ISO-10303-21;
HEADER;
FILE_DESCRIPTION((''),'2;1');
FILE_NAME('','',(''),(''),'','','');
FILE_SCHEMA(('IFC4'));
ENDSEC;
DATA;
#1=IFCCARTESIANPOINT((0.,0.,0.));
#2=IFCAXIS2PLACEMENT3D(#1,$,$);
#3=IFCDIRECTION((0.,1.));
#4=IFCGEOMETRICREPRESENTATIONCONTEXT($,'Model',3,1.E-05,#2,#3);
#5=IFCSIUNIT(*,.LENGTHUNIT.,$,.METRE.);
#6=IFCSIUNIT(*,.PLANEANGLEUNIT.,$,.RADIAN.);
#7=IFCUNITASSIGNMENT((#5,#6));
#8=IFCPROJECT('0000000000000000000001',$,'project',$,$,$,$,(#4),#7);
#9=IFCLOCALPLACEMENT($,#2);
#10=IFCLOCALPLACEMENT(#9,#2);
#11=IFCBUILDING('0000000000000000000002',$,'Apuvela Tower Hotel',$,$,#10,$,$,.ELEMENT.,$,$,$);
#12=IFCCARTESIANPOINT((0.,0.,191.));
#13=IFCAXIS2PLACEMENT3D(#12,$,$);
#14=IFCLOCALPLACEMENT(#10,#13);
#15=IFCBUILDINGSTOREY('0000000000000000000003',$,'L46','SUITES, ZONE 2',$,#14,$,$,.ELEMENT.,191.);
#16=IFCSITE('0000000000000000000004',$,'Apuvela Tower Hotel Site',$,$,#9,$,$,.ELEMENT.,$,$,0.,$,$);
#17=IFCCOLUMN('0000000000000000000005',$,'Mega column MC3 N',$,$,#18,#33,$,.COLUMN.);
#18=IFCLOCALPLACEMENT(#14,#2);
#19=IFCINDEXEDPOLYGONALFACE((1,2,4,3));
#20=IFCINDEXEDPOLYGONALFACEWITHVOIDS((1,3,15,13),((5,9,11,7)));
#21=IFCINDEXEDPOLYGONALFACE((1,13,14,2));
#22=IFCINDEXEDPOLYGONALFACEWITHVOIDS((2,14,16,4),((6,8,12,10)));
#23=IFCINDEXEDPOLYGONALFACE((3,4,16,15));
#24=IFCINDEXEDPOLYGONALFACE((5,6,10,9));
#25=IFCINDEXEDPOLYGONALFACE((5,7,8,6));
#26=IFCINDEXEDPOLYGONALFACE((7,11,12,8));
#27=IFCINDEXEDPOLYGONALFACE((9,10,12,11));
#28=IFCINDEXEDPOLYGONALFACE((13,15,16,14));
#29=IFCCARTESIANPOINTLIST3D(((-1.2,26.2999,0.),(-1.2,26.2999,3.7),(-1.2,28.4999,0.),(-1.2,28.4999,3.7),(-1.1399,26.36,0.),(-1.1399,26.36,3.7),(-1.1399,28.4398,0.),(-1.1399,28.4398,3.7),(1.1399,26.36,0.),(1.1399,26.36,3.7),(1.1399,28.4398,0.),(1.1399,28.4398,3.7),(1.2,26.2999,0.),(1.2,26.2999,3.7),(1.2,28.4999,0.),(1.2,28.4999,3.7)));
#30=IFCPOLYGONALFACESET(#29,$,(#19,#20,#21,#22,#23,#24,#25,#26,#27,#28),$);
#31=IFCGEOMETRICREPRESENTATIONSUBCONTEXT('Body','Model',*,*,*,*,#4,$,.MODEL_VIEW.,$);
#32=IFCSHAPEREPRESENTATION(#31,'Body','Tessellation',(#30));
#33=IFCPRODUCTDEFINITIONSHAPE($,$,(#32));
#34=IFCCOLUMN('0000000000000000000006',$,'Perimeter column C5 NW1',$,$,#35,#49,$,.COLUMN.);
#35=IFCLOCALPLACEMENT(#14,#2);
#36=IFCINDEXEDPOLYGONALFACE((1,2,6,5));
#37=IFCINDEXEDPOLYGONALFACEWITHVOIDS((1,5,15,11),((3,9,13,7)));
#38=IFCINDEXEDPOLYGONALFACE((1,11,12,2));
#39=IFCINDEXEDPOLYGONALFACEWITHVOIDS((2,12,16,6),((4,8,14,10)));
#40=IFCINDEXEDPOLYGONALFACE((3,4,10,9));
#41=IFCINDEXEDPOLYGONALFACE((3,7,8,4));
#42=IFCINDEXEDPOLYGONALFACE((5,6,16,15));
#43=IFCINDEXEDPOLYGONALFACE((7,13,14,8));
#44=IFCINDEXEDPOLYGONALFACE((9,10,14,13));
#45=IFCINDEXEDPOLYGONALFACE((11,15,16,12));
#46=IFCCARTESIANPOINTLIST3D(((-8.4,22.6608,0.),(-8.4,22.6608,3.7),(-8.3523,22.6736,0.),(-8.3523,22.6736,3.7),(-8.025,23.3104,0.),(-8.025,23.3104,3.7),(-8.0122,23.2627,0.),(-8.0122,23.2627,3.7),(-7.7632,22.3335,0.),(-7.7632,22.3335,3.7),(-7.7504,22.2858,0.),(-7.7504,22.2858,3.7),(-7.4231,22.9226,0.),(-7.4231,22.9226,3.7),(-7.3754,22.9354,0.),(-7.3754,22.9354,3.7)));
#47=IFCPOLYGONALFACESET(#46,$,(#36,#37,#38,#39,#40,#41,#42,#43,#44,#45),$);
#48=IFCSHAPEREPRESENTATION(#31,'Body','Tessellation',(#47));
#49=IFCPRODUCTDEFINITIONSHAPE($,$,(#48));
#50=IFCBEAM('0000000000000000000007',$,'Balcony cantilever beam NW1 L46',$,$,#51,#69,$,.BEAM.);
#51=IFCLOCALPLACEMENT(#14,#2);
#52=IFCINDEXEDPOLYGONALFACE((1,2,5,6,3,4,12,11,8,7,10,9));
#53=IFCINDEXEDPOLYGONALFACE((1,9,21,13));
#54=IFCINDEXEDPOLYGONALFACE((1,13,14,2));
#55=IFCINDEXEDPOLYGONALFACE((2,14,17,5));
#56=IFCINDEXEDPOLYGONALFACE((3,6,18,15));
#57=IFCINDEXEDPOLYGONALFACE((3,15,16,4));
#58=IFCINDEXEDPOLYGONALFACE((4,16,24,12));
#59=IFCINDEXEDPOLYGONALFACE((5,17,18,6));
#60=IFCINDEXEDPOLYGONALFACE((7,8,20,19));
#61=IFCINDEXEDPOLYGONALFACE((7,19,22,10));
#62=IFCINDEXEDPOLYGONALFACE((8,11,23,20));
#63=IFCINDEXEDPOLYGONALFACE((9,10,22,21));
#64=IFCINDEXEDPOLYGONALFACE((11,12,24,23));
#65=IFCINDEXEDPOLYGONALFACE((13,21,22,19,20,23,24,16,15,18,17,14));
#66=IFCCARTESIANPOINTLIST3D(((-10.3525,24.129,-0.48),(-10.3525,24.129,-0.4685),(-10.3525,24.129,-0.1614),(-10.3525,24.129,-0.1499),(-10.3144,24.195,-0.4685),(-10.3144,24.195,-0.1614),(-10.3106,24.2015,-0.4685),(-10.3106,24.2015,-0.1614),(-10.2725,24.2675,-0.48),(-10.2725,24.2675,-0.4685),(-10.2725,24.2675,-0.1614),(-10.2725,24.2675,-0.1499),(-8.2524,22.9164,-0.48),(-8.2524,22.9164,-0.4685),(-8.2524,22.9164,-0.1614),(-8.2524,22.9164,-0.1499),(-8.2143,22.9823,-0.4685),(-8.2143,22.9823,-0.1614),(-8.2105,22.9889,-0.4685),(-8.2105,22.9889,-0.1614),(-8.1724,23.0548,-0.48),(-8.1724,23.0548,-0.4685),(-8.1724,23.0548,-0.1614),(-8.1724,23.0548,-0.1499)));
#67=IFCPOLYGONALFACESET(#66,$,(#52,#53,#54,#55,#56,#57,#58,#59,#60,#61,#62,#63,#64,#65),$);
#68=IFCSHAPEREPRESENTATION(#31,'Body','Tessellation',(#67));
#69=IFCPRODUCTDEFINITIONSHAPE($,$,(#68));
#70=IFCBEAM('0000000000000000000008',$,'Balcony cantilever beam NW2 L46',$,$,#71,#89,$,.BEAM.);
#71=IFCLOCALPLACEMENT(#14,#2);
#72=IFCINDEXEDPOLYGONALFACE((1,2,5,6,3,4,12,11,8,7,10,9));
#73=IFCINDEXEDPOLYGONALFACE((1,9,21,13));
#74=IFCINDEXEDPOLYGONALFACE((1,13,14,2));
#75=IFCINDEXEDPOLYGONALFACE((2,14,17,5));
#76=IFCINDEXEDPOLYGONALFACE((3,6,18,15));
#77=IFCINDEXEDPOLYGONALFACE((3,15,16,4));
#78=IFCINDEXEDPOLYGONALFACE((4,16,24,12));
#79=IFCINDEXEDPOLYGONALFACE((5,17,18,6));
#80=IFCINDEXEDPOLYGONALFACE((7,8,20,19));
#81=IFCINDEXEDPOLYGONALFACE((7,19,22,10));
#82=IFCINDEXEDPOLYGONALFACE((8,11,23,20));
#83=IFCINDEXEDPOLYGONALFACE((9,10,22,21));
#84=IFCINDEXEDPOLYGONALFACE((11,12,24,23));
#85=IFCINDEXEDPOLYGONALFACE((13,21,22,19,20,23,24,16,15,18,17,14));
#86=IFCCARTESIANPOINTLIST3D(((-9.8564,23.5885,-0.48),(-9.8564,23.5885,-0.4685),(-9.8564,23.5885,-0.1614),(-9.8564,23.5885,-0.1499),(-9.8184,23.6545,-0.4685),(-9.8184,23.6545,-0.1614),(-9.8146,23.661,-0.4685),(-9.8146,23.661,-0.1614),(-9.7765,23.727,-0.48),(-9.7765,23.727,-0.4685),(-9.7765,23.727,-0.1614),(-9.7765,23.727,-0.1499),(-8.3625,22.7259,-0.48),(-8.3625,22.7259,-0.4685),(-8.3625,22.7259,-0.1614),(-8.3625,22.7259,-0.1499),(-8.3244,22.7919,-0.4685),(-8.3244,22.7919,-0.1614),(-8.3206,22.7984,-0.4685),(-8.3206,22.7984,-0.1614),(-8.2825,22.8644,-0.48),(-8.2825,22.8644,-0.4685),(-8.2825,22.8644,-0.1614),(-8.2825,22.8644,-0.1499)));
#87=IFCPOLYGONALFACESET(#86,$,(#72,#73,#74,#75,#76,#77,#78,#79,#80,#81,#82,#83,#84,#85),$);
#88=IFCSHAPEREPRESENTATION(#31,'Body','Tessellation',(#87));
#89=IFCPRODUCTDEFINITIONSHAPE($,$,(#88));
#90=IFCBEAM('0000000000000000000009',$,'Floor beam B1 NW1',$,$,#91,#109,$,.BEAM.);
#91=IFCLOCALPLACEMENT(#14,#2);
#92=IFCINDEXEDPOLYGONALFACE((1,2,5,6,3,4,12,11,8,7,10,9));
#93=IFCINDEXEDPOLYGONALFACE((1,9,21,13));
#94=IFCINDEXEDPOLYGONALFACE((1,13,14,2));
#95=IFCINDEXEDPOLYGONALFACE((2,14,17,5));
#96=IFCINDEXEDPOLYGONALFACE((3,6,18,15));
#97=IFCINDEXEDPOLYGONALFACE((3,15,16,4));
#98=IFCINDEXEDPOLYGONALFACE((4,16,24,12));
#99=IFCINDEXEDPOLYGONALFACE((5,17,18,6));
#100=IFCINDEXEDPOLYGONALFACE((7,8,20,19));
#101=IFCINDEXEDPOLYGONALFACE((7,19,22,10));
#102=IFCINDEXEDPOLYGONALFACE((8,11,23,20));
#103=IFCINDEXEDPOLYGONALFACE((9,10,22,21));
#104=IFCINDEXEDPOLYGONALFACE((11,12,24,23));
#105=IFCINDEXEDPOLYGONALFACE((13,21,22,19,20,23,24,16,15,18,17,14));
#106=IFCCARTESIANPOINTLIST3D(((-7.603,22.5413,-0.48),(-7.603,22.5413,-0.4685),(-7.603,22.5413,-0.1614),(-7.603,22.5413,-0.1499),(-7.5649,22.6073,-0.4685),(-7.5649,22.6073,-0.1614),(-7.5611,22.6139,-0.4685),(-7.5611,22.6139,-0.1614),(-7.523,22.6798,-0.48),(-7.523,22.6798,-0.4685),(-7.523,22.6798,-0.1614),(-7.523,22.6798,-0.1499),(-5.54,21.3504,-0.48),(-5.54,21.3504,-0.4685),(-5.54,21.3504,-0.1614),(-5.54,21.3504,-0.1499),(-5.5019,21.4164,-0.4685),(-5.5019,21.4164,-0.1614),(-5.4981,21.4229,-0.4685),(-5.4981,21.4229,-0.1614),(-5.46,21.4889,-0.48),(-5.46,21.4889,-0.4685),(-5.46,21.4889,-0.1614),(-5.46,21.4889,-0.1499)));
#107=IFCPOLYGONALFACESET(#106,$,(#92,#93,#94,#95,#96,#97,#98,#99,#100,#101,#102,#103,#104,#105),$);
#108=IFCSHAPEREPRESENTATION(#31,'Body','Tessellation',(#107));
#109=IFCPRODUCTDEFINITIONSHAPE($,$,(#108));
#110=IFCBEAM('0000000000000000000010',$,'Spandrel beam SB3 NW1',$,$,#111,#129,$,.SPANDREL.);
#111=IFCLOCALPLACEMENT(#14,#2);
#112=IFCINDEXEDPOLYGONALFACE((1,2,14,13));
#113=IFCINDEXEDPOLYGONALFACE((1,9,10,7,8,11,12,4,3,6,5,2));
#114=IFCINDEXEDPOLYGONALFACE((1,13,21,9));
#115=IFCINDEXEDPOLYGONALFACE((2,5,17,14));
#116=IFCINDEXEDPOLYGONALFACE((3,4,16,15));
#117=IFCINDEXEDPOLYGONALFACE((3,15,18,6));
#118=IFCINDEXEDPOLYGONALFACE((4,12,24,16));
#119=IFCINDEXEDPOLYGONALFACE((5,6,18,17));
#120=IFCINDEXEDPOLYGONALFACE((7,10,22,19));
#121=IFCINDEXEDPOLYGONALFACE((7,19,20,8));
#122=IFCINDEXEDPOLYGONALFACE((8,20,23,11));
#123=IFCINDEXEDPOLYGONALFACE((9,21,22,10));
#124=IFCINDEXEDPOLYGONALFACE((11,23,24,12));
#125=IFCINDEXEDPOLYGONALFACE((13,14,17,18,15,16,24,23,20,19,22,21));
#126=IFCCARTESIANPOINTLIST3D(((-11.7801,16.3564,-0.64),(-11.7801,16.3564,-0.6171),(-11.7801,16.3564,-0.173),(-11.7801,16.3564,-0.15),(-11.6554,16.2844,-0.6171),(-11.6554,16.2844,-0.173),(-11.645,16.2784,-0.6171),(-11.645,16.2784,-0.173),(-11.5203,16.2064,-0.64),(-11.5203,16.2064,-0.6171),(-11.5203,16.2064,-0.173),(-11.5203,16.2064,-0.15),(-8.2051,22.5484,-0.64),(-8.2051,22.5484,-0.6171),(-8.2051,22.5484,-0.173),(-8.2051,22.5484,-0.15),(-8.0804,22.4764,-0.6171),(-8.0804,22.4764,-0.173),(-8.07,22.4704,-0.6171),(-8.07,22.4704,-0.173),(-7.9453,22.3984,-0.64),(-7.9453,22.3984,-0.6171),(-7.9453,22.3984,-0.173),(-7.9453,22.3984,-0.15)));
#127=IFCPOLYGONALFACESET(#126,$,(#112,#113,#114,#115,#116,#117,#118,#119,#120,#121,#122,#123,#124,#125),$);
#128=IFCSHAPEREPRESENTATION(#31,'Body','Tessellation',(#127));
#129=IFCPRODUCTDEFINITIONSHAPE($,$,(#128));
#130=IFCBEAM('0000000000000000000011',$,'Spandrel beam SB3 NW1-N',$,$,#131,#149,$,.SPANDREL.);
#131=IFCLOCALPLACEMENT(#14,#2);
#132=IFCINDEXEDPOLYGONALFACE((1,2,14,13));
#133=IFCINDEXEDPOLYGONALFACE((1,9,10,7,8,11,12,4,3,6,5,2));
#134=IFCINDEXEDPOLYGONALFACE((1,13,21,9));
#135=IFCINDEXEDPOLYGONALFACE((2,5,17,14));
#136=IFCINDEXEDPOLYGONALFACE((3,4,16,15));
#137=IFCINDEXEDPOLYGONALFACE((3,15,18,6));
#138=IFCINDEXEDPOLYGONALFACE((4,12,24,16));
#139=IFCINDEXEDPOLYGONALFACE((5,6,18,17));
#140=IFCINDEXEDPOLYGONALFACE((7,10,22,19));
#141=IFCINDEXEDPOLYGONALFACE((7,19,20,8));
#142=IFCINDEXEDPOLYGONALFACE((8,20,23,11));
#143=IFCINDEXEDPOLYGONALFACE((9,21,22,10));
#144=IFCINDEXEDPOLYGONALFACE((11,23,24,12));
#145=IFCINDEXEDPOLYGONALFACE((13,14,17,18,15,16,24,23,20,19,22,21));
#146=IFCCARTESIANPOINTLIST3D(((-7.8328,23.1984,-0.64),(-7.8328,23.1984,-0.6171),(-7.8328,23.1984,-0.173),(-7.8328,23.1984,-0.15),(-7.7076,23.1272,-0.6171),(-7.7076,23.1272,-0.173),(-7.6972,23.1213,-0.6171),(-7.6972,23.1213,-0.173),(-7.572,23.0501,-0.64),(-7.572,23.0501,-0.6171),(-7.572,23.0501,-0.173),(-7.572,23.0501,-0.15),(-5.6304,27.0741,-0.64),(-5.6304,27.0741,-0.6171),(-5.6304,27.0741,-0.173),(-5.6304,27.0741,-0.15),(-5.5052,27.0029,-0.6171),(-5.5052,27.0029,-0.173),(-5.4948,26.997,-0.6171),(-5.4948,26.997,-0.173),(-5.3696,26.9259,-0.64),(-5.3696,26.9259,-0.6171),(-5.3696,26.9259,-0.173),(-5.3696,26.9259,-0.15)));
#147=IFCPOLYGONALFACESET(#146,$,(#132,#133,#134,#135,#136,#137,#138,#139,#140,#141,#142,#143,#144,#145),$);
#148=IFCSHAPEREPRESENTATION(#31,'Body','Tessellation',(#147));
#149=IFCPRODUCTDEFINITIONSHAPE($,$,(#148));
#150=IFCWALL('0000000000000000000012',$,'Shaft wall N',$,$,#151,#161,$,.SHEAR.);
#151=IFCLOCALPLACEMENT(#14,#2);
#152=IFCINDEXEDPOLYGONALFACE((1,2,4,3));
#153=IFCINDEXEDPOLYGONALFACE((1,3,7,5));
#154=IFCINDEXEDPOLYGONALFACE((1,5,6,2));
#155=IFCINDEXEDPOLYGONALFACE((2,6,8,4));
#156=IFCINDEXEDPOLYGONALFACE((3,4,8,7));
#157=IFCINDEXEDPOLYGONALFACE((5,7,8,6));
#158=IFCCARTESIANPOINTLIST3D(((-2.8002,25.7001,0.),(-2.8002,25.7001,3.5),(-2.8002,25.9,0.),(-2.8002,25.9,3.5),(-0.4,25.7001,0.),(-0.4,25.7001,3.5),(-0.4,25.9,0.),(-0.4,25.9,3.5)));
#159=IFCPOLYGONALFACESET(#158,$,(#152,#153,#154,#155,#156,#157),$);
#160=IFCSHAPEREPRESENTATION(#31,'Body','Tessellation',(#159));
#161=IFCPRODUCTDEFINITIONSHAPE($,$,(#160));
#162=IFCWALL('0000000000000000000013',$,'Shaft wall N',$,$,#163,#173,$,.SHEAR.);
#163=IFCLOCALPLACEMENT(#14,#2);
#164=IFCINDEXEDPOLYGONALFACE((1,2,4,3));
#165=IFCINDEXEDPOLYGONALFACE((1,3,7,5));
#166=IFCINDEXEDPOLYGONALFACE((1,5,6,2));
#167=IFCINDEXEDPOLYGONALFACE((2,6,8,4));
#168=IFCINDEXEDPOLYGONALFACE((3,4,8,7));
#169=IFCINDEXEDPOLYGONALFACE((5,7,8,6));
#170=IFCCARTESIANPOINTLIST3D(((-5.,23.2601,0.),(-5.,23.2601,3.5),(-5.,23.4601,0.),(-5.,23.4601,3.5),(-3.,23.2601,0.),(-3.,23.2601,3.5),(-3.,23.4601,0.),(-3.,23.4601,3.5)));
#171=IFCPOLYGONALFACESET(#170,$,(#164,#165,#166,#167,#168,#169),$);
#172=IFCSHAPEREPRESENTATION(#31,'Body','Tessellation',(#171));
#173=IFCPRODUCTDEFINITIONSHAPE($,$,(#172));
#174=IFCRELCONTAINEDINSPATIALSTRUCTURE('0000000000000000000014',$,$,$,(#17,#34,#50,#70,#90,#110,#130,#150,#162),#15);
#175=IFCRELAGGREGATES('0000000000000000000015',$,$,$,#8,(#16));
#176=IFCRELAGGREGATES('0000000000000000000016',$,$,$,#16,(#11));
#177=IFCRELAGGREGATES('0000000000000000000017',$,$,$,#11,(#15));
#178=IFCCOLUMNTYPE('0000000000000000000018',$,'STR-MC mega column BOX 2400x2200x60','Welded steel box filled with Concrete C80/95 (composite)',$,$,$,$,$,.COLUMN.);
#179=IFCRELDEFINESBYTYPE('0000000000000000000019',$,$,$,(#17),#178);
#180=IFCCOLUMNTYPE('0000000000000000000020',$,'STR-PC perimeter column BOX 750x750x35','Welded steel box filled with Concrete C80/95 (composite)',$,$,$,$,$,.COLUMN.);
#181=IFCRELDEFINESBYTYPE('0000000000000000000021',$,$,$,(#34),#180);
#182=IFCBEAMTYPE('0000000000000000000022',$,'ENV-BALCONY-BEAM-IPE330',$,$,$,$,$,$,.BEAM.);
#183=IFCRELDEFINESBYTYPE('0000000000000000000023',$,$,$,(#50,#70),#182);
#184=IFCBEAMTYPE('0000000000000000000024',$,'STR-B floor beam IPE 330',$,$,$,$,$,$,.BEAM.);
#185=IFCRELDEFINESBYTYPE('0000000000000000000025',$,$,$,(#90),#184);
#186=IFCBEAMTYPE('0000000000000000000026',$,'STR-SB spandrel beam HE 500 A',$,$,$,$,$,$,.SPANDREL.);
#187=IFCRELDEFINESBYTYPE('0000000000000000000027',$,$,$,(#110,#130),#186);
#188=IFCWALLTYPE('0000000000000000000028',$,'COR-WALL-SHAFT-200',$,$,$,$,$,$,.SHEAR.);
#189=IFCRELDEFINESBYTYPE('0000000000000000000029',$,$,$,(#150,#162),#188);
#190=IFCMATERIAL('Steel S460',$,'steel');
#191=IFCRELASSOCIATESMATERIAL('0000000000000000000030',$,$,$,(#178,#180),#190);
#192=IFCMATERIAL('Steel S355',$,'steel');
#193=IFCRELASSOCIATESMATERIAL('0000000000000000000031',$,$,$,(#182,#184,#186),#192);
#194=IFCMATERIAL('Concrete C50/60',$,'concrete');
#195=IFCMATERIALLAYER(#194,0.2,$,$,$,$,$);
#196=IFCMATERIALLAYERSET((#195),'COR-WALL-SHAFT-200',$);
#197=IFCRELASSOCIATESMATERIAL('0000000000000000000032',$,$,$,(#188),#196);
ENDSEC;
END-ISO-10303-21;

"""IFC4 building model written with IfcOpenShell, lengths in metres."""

from ifc_helpers import new_model, si_unit, direction, frame, frame_2d, origin, origin_2d, place, context, subcontext, project, spatial, rectangle, hollow_rectangle, i_section, extrude, material, layer, layer_set, material_profile, profile_set, type_object, element, save


model = new_model("IFC4")

# Units and contexts
model_context = context("Model", 3, precision=1e-05, world=origin(), true_north=direction((0.0, 1.0)))
body_context = subcontext(model_context, "Body", "Model", "MODEL_VIEW")
ifc_project = project(units=[si_unit("LENGTHUNIT", "METRE"), si_unit("PLANEANGLEUNIT", "RADIAN")], contexts=[model_context])

# Site, building, storey
site_placement = place(None, origin())
site = spatial("IfcSite", under=ifc_project, at=site_placement, Name="Apuvela Tower Hotel Site", CompositionType="ELEMENT", RefElevation=0.0)
building_placement = place(site_placement, origin())
building = spatial("IfcBuilding", under=site, at=building_placement, Name="Apuvela Tower Hotel", CompositionType="ELEMENT")
storey_placement = place(building_placement, frame((0.0, 0.0, 191.0)))
storey = spatial("IfcBuildingStorey", under=building, at=storey_placement, Name="L46", Description="SUITES, ZONE 2", CompositionType="ELEMENT", Elevation=191.0)

# Columns
ifc_material_1 = material(Name="Steel S460", Category="steel")
ifc_material_profile_1 = material_profile(ifc_material_1, hollow_rectangle(XDim=2.3999, YDim=2.2, WallThickness=0.0601, at=origin_2d()), Name="BOX 2400x2200x60")
ifc_material_2 = material(Name="Concrete C80/95", Category="concrete")
ifc_material_profile_2 = material_profile(ifc_material_2, rectangle(XDim=2.28, YDim=2.0801, at=origin_2d()), Name="Concrete C80/95 infill")
ifc_profile_set_1 = profile_set([ifc_material_profile_1, ifc_material_profile_2], Name="Steel S460")
column_type_1 = type_object("IfcColumnType", Name="STR-MC mega column BOX 2400x2200x60", Description="Welded steel box filled with Concrete C80/95 (composite)", PredefinedType="COLUMN", material=ifc_profile_set_1)
column_1_placement = place(storey_placement, frame((0.0, 27.3999, 0.0), z_axis=(0.0, 0.0, 1.0), x_axis=(1.0, 0.0, 0.0)))
element("IfcColumn", 1, at=column_1_placement, inside=storey, type_object=column_type_1, Name="Mega column MC3 N", PredefinedType="COLUMN", context=body_context, shape_type="SweptSolid", body=[
    extrude(hollow_rectangle(XDim=2.3999, YDim=2.2, WallThickness=0.0601, at=origin_2d()), origin(), (0.0, 0.0, 1.0), 3.7),
])
ifc_material_profile_3 = material_profile(ifc_material_1, hollow_rectangle(XDim=0.75, YDim=0.75, WallThickness=0.0349, at=origin_2d()), Name="BOX 750x750x35")
ifc_material_profile_4 = material_profile(ifc_material_2, rectangle(XDim=0.6799, YDim=0.6799, at=origin_2d()), Name="Concrete C80/95 infill")
ifc_profile_set_2 = profile_set([ifc_material_profile_3, ifc_material_profile_4], Name="Steel S460")
column_type_2 = type_object("IfcColumnType", Name="STR-PC perimeter column BOX 750x750x35", Description="Welded steel box filled with Concrete C80/95 (composite)", PredefinedType="COLUMN", material=ifc_profile_set_2)
column_2_placement = place(storey_placement, frame((-7.8877, 22.7981, 0.0), z_axis=(0.0, 0.0, 1.0), x_axis=(0.5, 0.866025, 0.0)))
element("IfcColumn", 2, at=column_2_placement, inside=storey, type_object=column_type_2, Name="Perimeter column C5 NW1", PredefinedType="COLUMN", context=body_context, shape_type="SweptSolid", body=[
    extrude(hollow_rectangle(XDim=0.75, YDim=0.75, WallThickness=0.0349, at=origin_2d()), origin(), (0.0, 0.0, 1.0), 3.7),
])

# Beams
ifc_material_3 = material(Name="Steel S355", Category="steel")
ifc_material_profile_5 = material_profile(ifc_material_3, i_section(OverallWidth=0.1599, OverallDepth=0.3301, WebThickness=0.0076, FlangeThickness=0.0115, at=origin_2d()), Name="IPE 330")
ifc_profile_set_3 = profile_set([ifc_material_profile_5], Name="Steel S355")
beam_type_1 = type_object("IfcBeamType", Name="ENV-BALCONY-BEAM-IPE330", PredefinedType="BEAM", material=ifc_profile_set_3)
beam_1_placement = place(storey_placement, frame((-8.2124, 22.9856, -0.3149), z_axis=(-0.865998, 0.500048, 0.0), x_axis=(-0.500048, -0.865998, 0.0)))
element("IfcBeam", 3, at=beam_1_placement, inside=storey, type_object=beam_type_1, Name="Balcony cantilever beam NW1 L46", PredefinedType="BEAM", context=body_context, shape_type="SweptSolid", body=[
    extrude(i_section(OverallWidth=0.1599, OverallDepth=0.3301, WebThickness=0.0076, FlangeThickness=0.0115, at=origin_2d()), origin(), (0.0, 0.0, 1.0), 2.425),
])
beam_2_placement = place(storey_placement, frame((-8.3225, 22.7952, -0.3149), z_axis=(-0.866014, 0.500021, 0.0), x_axis=(-0.500021, -0.866014, 0.0)))
element("IfcBeam", 4, at=beam_2_placement, inside=storey, type_object=beam_type_1, Name="Balcony cantilever beam NW2 L46", PredefinedType="BEAM", context=body_context, shape_type="SweptSolid", body=[
    extrude(i_section(OverallWidth=0.1599, OverallDepth=0.3301, WebThickness=0.0076, FlangeThickness=0.0115, at=origin_2d()), origin(), (0.0, 0.0, 1.0), 1.7251),
])
ifc_material_profile_6 = material_profile(ifc_material_3, i_section(OverallWidth=0.1599, OverallDepth=0.3301, WebThickness=0.0076, FlangeThickness=0.0115, at=origin_2d()), Name="IPE 330")
ifc_profile_set_4 = profile_set([ifc_material_profile_6], Name="Steel S355")
beam_type_2 = type_object("IfcBeamType", Name="STR-B floor beam IPE 330", PredefinedType="BEAM", material=ifc_profile_set_4)
beam_3_placement = place(storey_placement, frame((-7.563, 22.6106, -0.3149), z_axis=(0.866052, -0.499953, 0.0), x_axis=(0.499953, 0.866052, 0.0)))
element("IfcBeam", 5, at=beam_3_placement, inside=storey, type_object=beam_type_2, Name="Floor beam B1 NW1", PredefinedType="BEAM", context=body_context, shape_type="SweptSolid", body=[
    extrude(i_section(OverallWidth=0.1599, OverallDepth=0.3301, WebThickness=0.0076, FlangeThickness=0.0115, at=origin_2d()), origin(), (0.0, 0.0, 1.0), 2.3821),
])
ifc_material_profile_7 = material_profile(ifc_material_3, i_section(OverallWidth=0.3, OverallDepth=0.49, WebThickness=0.012, FlangeThickness=0.0229, at=origin_2d()), Name="HE 500 A")
ifc_profile_set_5 = profile_set([ifc_material_profile_7], Name="Steel S355")
beam_type_3 = type_object("IfcBeamType", Name="STR-SB spandrel beam HE 500 A", PredefinedType="SPANDREL", material=ifc_profile_set_5)
beam_4_placement = place(storey_placement, frame((-8.0752, 22.4734, -0.395), z_axis=(-0.500006, -0.866022, 0.0), x_axis=(0.866022, -0.500006, 0.0)))
element("IfcBeam", 6, at=beam_4_placement, inside=storey, type_object=beam_type_3, Name="Spandrel beam SB3 NW1", PredefinedType="SPANDREL", context=body_context, shape_type="SweptSolid", body=[
    extrude(i_section(OverallWidth=0.3, OverallDepth=0.49, WebThickness=0.012, FlangeThickness=0.0229, at=origin_2d()), origin(), (0.0, 0.0, 1.0), 7.1499),
])
beam_5_placement = place(storey_placement, frame((-7.7024, 23.1243, -0.395), z_axis=(0.494056, 0.86943, 0.0), x_axis=(-0.86943, 0.494056, 0.0)))
element("IfcBeam", 7, at=beam_5_placement, inside=storey, type_object=beam_type_3, Name="Spandrel beam SB3 NW1-N", PredefinedType="SPANDREL", context=body_context, shape_type="SweptSolid", body=[
    extrude(i_section(OverallWidth=0.3, OverallDepth=0.49, WebThickness=0.012, FlangeThickness=0.0229, at=origin_2d()), origin(), (0.0, 0.0, 1.0), 4.4578),
])

# Walls
ifc_material_4 = material(Name="Concrete C50/60", Category="concrete")
ifc_layer_1 = layer(ifc_material_4, 0.2)
ifc_layer_set_1 = layer_set([ifc_layer_1], Name="COR-WALL-SHAFT-200")
wall_type_1 = type_object("IfcWallType", Name="COR-WALL-SHAFT-200", PredefinedType="SHEAR", material=ifc_layer_set_1)
wall_1_placement = place(storey_placement, frame((-0.3999, 25.8, 0.0), z_axis=(0.0, 0.0, 1.0), x_axis=(-1.0, 0.0, 0.0)))
element("IfcWall", 8, at=wall_1_placement, inside=storey, type_object=wall_type_1, Name="Shaft wall N", PredefinedType="SHEAR", context=body_context, shape_type="SweptSolid", body=[
    extrude(rectangle(XDim=2.4001, YDim=0.2, at=frame_2d((1.2002, 0.0))), origin(), (0.0, 0.0, 1.0), 3.5),
])
wall_2_placement = place(storey_placement, frame((-3.0, 23.3601, 0.0), z_axis=(0.0, 0.0, 1.0), x_axis=(-1.0, 0.0, 0.0)))
element("IfcWall", 9, at=wall_2_placement, inside=storey, type_object=wall_type_1, Name="Shaft wall N", PredefinedType="SHEAR", context=body_context, shape_type="SweptSolid", body=[
    extrude(rectangle(XDim=2.0, YDim=0.2, at=frame_2d((1.0, 0.0))), origin(), (0.0, 0.0, 1.0), 3.5),
])

save(model, "model.ifc")
